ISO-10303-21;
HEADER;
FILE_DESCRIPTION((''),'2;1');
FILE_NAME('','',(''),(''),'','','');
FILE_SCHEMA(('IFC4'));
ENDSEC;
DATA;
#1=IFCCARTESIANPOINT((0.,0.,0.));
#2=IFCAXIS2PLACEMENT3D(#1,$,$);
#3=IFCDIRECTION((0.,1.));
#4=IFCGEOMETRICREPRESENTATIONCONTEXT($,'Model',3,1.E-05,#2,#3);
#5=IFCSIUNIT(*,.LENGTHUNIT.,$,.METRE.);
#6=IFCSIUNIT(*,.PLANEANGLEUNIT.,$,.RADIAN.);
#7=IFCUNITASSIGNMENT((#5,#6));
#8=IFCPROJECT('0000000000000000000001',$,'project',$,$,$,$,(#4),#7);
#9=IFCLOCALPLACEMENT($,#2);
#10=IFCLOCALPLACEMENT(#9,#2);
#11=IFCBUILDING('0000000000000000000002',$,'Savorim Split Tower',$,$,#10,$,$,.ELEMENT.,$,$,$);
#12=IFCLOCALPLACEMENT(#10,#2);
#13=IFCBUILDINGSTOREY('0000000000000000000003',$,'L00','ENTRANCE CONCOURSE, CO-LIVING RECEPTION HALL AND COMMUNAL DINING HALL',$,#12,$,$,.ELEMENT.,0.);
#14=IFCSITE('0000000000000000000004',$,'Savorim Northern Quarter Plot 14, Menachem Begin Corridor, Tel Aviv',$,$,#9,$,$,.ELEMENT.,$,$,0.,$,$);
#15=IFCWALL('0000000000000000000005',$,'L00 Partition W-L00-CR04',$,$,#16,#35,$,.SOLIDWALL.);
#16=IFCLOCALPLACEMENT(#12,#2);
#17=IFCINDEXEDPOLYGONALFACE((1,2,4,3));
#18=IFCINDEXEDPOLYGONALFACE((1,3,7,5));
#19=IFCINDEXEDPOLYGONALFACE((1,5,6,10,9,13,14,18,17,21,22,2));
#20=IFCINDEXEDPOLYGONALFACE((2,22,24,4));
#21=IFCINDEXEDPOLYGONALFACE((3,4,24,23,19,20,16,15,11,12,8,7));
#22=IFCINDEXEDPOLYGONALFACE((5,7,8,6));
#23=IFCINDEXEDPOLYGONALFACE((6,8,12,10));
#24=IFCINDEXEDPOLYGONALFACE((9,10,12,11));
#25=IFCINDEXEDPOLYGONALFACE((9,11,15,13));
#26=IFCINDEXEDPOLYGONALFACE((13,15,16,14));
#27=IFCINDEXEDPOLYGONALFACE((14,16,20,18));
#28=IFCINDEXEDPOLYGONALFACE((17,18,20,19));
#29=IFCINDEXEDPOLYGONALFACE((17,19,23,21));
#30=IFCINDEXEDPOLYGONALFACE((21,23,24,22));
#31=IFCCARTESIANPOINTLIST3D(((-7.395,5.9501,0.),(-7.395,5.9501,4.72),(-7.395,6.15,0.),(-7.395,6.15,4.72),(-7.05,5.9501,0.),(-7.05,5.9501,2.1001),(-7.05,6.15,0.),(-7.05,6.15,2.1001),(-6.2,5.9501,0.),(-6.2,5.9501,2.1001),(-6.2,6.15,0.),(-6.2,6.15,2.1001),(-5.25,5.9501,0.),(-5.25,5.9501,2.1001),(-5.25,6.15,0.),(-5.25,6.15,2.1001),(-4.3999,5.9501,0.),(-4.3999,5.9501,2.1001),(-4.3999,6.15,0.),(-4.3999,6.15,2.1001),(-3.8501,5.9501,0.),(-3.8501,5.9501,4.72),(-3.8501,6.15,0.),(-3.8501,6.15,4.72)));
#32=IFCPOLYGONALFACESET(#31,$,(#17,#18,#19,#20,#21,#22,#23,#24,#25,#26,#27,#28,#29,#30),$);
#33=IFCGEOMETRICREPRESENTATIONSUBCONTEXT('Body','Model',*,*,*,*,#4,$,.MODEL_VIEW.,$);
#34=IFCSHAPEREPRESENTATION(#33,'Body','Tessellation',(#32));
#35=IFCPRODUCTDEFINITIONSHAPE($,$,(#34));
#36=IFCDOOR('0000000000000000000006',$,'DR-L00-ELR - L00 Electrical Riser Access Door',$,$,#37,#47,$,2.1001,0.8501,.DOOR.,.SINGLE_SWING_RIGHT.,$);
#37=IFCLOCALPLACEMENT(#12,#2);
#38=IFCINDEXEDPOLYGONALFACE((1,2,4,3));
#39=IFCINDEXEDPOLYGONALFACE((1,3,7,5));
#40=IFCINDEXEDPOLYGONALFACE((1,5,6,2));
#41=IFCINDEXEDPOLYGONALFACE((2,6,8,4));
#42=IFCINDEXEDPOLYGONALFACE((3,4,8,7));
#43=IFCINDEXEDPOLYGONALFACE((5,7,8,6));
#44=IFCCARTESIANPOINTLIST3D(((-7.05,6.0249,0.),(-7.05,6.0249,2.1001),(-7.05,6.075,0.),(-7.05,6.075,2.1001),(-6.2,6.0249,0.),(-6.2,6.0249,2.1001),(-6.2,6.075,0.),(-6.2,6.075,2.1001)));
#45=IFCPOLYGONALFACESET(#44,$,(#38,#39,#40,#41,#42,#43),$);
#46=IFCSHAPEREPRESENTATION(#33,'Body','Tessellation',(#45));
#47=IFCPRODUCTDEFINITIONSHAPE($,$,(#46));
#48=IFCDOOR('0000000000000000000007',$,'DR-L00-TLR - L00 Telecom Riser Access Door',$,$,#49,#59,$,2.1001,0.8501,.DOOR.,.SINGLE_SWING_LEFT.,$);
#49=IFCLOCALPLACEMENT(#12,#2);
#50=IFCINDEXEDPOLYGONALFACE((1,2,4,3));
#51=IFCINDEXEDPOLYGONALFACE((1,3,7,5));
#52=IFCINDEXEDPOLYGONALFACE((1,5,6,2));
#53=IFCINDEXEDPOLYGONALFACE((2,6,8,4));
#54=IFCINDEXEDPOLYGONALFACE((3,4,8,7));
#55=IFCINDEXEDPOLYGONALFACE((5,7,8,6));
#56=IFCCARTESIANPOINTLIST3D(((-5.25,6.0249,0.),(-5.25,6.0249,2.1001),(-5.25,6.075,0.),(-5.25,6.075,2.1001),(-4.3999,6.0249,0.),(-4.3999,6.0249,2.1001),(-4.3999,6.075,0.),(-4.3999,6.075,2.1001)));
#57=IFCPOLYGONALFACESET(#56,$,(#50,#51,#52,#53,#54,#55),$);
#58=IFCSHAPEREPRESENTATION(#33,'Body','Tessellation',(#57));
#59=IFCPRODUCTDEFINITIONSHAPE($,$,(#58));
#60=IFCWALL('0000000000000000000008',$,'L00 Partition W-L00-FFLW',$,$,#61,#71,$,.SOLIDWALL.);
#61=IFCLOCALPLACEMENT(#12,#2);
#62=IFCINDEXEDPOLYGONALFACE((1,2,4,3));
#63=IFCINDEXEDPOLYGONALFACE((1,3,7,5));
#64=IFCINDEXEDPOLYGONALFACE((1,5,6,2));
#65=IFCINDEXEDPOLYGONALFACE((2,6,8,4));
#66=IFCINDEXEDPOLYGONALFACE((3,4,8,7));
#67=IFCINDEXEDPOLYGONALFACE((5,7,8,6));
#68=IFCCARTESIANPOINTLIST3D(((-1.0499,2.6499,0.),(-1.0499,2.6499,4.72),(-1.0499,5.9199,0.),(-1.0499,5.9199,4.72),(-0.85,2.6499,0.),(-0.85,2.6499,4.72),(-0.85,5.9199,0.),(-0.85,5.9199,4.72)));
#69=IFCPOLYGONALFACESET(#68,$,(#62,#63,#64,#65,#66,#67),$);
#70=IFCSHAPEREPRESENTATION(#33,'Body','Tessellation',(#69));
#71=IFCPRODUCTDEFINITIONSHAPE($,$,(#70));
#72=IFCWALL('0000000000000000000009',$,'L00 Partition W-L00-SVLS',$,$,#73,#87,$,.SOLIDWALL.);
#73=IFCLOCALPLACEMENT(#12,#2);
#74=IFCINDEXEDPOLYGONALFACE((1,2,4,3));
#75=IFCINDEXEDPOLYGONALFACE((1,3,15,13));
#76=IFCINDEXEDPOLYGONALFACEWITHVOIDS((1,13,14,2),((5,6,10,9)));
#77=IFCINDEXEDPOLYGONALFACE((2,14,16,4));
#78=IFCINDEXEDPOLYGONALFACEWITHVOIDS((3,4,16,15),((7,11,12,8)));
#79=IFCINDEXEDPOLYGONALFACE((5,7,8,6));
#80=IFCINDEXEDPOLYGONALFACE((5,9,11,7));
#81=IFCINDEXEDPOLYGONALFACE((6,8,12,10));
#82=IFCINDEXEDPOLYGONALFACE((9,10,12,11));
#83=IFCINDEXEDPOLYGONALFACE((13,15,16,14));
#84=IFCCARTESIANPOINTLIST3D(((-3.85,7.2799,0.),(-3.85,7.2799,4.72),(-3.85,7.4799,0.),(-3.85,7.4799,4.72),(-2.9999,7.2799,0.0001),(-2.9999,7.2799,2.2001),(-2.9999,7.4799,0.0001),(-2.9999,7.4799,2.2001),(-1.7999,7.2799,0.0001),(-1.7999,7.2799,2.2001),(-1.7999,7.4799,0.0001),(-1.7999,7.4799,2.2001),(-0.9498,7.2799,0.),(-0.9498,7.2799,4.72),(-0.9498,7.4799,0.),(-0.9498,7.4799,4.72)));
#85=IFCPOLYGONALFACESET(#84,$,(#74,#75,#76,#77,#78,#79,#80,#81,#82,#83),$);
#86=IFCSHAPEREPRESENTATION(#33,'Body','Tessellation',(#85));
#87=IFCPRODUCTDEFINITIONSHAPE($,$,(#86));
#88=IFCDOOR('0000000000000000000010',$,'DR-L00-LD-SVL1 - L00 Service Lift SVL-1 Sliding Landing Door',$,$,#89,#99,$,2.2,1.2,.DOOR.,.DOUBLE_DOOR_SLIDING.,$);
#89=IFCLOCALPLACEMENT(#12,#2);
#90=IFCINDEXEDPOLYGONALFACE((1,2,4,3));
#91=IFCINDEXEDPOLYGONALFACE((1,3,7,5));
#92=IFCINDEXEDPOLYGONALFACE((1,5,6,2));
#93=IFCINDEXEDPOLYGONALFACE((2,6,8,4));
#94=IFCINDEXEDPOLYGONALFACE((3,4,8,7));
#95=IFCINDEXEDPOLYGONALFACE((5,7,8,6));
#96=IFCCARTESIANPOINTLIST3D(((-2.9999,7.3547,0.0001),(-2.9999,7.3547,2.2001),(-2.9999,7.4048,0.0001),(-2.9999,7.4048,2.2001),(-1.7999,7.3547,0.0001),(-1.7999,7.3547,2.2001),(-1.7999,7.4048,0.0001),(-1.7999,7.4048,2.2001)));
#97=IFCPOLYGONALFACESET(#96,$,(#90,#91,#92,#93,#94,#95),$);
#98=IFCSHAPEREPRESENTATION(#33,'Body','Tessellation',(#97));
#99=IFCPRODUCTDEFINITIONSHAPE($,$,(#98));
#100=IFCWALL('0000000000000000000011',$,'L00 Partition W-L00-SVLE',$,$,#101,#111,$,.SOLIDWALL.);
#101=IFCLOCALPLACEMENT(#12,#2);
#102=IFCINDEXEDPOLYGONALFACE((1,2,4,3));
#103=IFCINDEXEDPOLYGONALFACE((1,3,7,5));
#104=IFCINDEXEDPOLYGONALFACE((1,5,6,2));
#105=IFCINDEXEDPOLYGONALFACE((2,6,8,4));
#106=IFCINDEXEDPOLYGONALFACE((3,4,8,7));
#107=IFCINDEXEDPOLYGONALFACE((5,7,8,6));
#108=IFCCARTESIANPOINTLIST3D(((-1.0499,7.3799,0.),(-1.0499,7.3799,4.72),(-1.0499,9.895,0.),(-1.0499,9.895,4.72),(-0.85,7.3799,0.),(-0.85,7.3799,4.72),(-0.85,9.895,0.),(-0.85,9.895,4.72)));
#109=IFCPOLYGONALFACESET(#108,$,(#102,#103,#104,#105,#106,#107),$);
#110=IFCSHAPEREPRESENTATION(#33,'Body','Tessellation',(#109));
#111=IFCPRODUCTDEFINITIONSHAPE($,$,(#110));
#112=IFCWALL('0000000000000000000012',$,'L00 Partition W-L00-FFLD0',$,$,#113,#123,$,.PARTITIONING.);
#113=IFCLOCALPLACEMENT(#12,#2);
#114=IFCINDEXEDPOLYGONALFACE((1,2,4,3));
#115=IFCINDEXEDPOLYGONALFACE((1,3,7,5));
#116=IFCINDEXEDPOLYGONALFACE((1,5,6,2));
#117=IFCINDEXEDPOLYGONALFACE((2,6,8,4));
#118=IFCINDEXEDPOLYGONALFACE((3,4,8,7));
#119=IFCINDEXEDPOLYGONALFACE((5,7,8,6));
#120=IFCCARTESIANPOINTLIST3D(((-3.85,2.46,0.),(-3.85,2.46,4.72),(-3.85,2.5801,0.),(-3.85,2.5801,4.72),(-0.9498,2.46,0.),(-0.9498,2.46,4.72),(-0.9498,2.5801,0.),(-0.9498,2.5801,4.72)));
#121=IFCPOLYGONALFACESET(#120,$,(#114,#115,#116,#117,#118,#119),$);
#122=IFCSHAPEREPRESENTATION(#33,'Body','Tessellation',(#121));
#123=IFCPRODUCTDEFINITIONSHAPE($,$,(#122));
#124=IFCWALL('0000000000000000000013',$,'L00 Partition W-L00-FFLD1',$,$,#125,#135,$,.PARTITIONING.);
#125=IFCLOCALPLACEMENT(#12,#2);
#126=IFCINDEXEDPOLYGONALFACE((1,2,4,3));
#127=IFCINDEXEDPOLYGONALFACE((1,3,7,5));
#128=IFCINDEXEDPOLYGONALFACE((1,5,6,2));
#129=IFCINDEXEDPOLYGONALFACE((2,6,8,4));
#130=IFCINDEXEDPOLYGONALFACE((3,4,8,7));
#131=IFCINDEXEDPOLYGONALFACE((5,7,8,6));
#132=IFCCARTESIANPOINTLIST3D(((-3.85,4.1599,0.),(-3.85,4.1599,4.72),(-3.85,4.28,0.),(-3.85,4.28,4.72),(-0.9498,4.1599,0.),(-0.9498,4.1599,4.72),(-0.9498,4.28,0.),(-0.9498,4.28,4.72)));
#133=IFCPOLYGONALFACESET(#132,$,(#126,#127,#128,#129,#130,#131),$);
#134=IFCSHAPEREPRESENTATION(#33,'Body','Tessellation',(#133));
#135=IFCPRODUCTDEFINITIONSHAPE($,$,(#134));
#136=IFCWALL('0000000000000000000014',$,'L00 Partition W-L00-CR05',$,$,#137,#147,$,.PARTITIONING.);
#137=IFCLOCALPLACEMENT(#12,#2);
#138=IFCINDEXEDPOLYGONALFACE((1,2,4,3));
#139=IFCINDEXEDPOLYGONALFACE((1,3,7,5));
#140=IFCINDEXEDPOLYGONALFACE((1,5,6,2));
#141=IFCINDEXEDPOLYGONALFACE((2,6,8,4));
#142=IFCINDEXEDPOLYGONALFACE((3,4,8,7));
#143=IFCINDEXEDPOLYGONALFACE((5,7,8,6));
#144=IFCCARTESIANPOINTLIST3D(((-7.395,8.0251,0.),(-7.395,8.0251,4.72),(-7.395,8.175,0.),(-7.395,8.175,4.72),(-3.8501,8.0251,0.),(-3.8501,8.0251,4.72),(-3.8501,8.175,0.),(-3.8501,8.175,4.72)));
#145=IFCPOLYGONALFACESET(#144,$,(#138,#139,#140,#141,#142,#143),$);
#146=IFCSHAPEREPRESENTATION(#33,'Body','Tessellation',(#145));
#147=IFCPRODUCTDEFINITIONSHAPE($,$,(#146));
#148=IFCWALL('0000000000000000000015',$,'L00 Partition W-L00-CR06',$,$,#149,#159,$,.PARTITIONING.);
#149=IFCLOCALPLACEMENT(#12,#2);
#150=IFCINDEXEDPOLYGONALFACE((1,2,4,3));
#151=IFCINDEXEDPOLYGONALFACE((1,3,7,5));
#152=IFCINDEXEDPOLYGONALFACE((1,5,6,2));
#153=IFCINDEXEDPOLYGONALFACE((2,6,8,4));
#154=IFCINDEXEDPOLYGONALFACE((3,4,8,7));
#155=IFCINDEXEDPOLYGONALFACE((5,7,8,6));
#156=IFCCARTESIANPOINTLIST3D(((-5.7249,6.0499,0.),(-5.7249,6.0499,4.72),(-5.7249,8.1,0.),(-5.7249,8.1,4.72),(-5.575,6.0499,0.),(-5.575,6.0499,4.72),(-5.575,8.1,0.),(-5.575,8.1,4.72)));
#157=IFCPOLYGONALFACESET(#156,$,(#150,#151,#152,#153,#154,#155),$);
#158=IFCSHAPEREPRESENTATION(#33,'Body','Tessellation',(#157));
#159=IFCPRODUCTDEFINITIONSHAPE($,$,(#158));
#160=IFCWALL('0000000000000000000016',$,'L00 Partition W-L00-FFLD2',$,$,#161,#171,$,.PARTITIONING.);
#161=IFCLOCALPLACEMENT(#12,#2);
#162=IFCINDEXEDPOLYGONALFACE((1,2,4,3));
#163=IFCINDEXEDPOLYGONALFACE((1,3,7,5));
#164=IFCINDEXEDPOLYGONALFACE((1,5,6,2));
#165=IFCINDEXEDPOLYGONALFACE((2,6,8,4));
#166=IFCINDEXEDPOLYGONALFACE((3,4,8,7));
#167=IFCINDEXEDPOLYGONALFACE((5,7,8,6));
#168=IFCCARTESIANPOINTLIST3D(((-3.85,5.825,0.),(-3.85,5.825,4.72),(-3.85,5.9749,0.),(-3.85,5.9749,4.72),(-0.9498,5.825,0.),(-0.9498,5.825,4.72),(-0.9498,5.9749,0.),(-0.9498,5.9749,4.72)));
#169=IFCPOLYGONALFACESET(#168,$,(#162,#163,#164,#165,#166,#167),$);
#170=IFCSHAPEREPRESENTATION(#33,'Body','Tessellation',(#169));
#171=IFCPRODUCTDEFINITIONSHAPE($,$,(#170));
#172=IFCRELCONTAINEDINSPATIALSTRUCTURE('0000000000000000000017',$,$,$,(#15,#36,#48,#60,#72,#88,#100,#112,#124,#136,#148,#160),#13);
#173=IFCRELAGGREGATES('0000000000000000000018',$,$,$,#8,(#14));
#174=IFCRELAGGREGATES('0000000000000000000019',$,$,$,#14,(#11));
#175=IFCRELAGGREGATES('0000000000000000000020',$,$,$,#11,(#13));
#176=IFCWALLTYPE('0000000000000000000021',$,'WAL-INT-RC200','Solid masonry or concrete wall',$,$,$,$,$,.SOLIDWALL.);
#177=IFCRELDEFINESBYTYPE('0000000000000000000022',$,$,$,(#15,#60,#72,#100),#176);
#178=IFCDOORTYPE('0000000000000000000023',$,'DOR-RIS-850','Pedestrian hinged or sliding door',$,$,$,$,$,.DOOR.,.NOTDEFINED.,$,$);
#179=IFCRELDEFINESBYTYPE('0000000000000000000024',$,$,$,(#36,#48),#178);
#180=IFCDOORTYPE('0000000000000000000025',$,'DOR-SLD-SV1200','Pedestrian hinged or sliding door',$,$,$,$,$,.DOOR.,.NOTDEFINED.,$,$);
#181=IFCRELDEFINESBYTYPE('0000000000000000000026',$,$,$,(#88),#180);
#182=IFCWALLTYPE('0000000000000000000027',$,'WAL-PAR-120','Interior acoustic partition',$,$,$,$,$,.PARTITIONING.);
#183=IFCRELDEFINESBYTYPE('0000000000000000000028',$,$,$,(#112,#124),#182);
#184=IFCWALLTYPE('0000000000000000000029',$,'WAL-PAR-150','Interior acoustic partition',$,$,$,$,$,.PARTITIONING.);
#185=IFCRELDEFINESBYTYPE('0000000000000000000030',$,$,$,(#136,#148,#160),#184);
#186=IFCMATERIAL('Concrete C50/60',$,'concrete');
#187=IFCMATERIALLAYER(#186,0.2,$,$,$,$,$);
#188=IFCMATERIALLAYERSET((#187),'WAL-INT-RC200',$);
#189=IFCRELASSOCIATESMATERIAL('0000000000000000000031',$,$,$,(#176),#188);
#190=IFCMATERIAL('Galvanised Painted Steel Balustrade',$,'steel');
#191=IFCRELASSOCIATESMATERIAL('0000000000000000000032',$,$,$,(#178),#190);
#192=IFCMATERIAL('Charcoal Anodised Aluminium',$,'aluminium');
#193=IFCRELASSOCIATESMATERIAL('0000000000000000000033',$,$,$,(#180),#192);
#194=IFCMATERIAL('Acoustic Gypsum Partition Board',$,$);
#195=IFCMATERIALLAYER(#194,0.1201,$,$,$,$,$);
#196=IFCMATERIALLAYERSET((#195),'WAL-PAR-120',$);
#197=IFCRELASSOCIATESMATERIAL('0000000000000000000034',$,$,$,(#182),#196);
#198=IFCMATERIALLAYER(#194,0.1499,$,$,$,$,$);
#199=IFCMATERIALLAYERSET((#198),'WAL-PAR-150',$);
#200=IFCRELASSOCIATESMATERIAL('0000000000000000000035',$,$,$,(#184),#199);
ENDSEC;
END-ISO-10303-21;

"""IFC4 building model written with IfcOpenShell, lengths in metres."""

from ifc_helpers import new_model, si_unit, direction, frame, frame_2d, origin, place, context, subcontext, project, spatial, rectangle, extrude, material, layer, layer_set, type_object, element, fill, save


model = new_model("IFC4")

# Units and contexts
model_context = context("Model", 3, precision=1e-05, world=origin(), true_north=direction((0.0, 1.0)))
body_context = subcontext(model_context, "Body", "Model", "MODEL_VIEW")
ifc_project = project(units=[si_unit("LENGTHUNIT", "METRE"), si_unit("PLANEANGLEUNIT", "RADIAN")], contexts=[model_context])

# Site, building, storey
site_placement = place(None, origin())
site = spatial("IfcSite", under=ifc_project, at=site_placement, Name="Savorim Northern Quarter Plot 14, Menachem Begin Corridor, Tel Aviv", CompositionType="ELEMENT", RefElevation=0.0)
building_placement = place(site_placement, origin())
building = spatial("IfcBuilding", under=site, at=building_placement, Name="Savorim Split Tower", CompositionType="ELEMENT")
storey_placement = place(building_placement, origin())
storey = spatial("IfcBuildingStorey", under=building, at=storey_placement, Name="L00", Description="ENTRANCE CONCOURSE, CO-LIVING RECEPTION HALL AND COMMUNAL DINING HALL", CompositionType="ELEMENT", Elevation=0.0)

# Shared definitions
ifc_material_1 = material(Name="Concrete C50/60", Category="concrete")
ifc_layer_1 = layer(ifc_material_1, 0.2)
ifc_layer_set_1 = layer_set([ifc_layer_1], Name="WAL-INT-RC200")
wall_type_1 = type_object("IfcWallType", Name="WAL-INT-RC200", Description="Solid masonry or concrete wall", PredefinedType="SOLIDWALL", material=ifc_layer_set_1)

# Wall, openings, doors
ifc_material_2 = material(Name="Charcoal Anodised Aluminium", Category="aluminium")
wall_1_placement = place(storey_placement, frame((-7.395, 6.05, 0.0), z_axis=(0.0, 0.0, 1.0), x_axis=(1.0, 0.0, 0.0)))
wall_1 = element("IfcWall", 1, at=wall_1_placement, inside=storey, type_object=wall_type_1, Name="L00 Partition W-L00-CR04", PredefinedType="SOLIDWALL", context=body_context, shape_type="SweptSolid", body=[
    extrude(rectangle(XDim=3.5449, YDim=0.2, at=frame_2d((1.7725, 0.0))), origin(), (0.0, 0.0, 1.0), 4.72),
])
opening_1_placement = place(wall_1_placement, frame((0.345, 0.0, 0.0)))
opening_1 = element("IfcOpeningElement", 2, at=opening_1_placement, cuts=wall_1, PredefinedType="OPENING", context=body_context, shape_type="SweptSolid", body=[
    extrude(rectangle(XDim=0.8501, YDim=2.1001, at=frame_2d((0.425, 1.05))), frame((0.0, 0.1099, 0.0), z_axis=(0.0, -1.0, 0.0), x_axis=(1.0, 0.0, 0.0)), (0.0, 0.0, 1.0), 0.22),
])
opening_2_placement = place(wall_1_placement, frame((2.145, 0.0, 0.0)))
opening_2 = element("IfcOpeningElement", 3, at=opening_2_placement, cuts=wall_1, PredefinedType="OPENING", context=body_context, shape_type="SweptSolid", body=[
    extrude(rectangle(XDim=0.8501, YDim=2.1001, at=frame_2d((0.425, 1.05))), frame((0.0, 0.1099, 0.0), z_axis=(0.0, -1.0, 0.0), x_axis=(1.0, 0.0, 0.0)), (0.0, 0.0, 1.0), 0.22),
])
ifc_material_3 = material(Name="Galvanised Painted Steel Balustrade", Category="steel")
door_type_1 = type_object("IfcDoorType", Name="DOR-RIS-850", Description="Pedestrian hinged or sliding door", OperationType="NOTDEFINED", PredefinedType="DOOR", material=ifc_material_3)
door_1_placement = place(opening_1_placement, origin())
door_1 = element("IfcDoor", 4, at=door_1_placement, inside=storey, type_object=door_type_1, Name="DR-L00-ELR - L00 Electrical Riser Access Door", OperationType="SINGLE_SWING_RIGHT", OverallHeight=2.1001, OverallWidth=0.8501, PredefinedType="DOOR", context=body_context, shape_type="SweptSolid", body=[
    extrude(rectangle(XDim=0.8501, YDim=2.1001, at=frame_2d((0.425, 1.05))), frame((0.0, 0.0249, 0.0), z_axis=(0.0, -1.0, 0.0), x_axis=(1.0, 0.0, 0.0)), (0.0, 0.0, 1.0), 0.05),
])
fill(opening_1, door_1)
door_2_placement = place(opening_2_placement, origin())
door_2 = element("IfcDoor", 5, at=door_2_placement, inside=storey, type_object=door_type_1, Name="DR-L00-TLR - L00 Telecom Riser Access Door", OperationType="SINGLE_SWING_LEFT", OverallHeight=2.1001, OverallWidth=0.8501, PredefinedType="DOOR", context=body_context, shape_type="SweptSolid", body=[
    extrude(rectangle(XDim=0.8501, YDim=2.1001, at=frame_2d((0.425, 1.05))), frame((0.0, 0.0249, 0.0), z_axis=(0.0, -1.0, 0.0), x_axis=(1.0, 0.0, 0.0)), (0.0, 0.0, 1.0), 0.05),
])
fill(opening_2, door_2)

# Wall
wall_2_placement = place(storey_placement, frame((-0.95, 2.6499, 0.0), z_axis=(0.0, 0.0, 1.0), x_axis=(0.0, 1.0, 0.0)))
element("IfcWall", 6, at=wall_2_placement, inside=storey, type_object=wall_type_1, Name="L00 Partition W-L00-FFLW", PredefinedType="SOLIDWALL", context=body_context, shape_type="SweptSolid", body=[
    extrude(rectangle(XDim=3.27, YDim=0.2, at=frame_2d((1.635, 0.0))), origin(), (0.0, 0.0, 1.0), 4.72),
])

# Wall, opening, door
wall_3_placement = place(storey_placement, frame((-3.8501, 7.3799, 0.0), z_axis=(0.0, 0.0, 1.0), x_axis=(1.0, 0.0, 0.0)))
wall_3 = element("IfcWall", 7, at=wall_3_placement, inside=storey, type_object=wall_type_1, Name="L00 Partition W-L00-SVLS", PredefinedType="SOLIDWALL", context=body_context, shape_type="SweptSolid", body=[
    extrude(rectangle(XDim=2.9001, YDim=0.2, at=frame_2d((1.4502, 0.0))), origin(), (0.0, 0.0, 1.0), 4.72),
])
opening_3_placement = place(wall_3_placement, frame((0.8501, 0.0, 0.0)))
opening_3 = element("IfcOpeningElement", 8, at=opening_3_placement, cuts=wall_3, PredefinedType="OPENING", context=body_context, shape_type="SweptSolid", body=[
    extrude(rectangle(XDim=1.2, YDim=2.2, at=frame_2d((0.6001, 1.1001))), frame((0.0, 0.1099, 0.0), z_axis=(0.0, -1.0, 0.0), x_axis=(1.0, 0.0, 0.0)), (0.0, 0.0, 1.0), 0.22),
])
door_type_2 = type_object("IfcDoorType", Name="DOR-SLD-SV1200", Description="Pedestrian hinged or sliding door", OperationType="NOTDEFINED", PredefinedType="DOOR", material=ifc_material_2)
door_3_placement = place(opening_3_placement, origin())
door_3 = element("IfcDoor", 9, at=door_3_placement, inside=storey, type_object=door_type_2, Name="DR-L00-LD-SVL1 - L00 Service Lift SVL-1 Sliding Landing Door", OperationType="DOUBLE_DOOR_SLIDING", OverallHeight=2.2, OverallWidth=1.2, PredefinedType="DOOR", context=body_context, shape_type="SweptSolid", body=[
    extrude(rectangle(XDim=1.2, YDim=2.2, at=frame_2d((0.6001, 1.1001))), frame((0.0, 0.0249, 0.0), z_axis=(0.0, -1.0, 0.0), x_axis=(1.0, 0.0, 0.0)), (0.0, 0.0, 1.0), 0.05),
])
fill(opening_3, door_3)

# Walls
wall_4_placement = place(storey_placement, frame((-0.95, 7.3799, 0.0), z_axis=(0.0, 0.0, 1.0), x_axis=(0.0, 1.0, 0.0)))
element("IfcWall", 10, at=wall_4_placement, inside=storey, type_object=wall_type_1, Name="L00 Partition W-L00-SVLE", PredefinedType="SOLIDWALL", context=body_context, shape_type="SweptSolid", body=[
    extrude(rectangle(XDim=2.5151, YDim=0.2, at=frame_2d((1.2576, 0.0))), origin(), (0.0, 0.0, 1.0), 4.72),
])
ifc_material_4 = material(Name="Acoustic Gypsum Partition Board")
ifc_layer_2 = layer(ifc_material_4, 0.1201)
ifc_layer_set_2 = layer_set([ifc_layer_2], Name="WAL-PAR-120")
wall_type_2 = type_object("IfcWallType", Name="WAL-PAR-120", Description="Interior acoustic partition", PredefinedType="PARTITIONING", material=ifc_layer_set_2)
for number, where, z_axis, x_axis, name in (
    (11, (-3.8501, 2.52, 0.0), (0.0, 0.0, 1.0), (1.0, 0.0, 0.0), "L00 Partition W-L00-FFLD0"),
    (12, (-3.8501, 4.22, 0.0), (0.0, 0.0, 1.0), (1.0, 0.0, 0.0), "L00 Partition W-L00-FFLD1"),
):
    element("IfcWall", number, at=place(storey_placement, frame(where, z_axis=z_axis, x_axis=x_axis)), inside=storey, type_object=wall_type_2, Name=name, PredefinedType="PARTITIONING", context=body_context, shape_type="SweptSolid", body=[
        extrude(rectangle(XDim=2.9001, YDim=0.1201, at=frame_2d((1.4502, 0.0))), origin(), (0.0, 0.0, 1.0), 4.72),
    ])
ifc_layer_3 = layer(ifc_material_4, 0.1499)
ifc_layer_set_3 = layer_set([ifc_layer_3], Name="WAL-PAR-150")
wall_type_3 = type_object("IfcWallType", Name="WAL-PAR-150", Description="Interior acoustic partition", PredefinedType="PARTITIONING", material=ifc_layer_set_3)
wall_5_placement = place(storey_placement, frame((-7.395, 8.1001, 0.0), z_axis=(0.0, 0.0, 1.0), x_axis=(1.0, 0.0, 0.0)))
element("IfcWall", 13, at=wall_5_placement, inside=storey, type_object=wall_type_3, Name="L00 Partition W-L00-CR05", PredefinedType="PARTITIONING", context=body_context, shape_type="SweptSolid", body=[
    extrude(rectangle(XDim=3.5449, YDim=0.1499, at=frame_2d((1.7725, 0.0))), origin(), (0.0, 0.0, 1.0), 4.72),
])
wall_6_placement = place(storey_placement, frame((-5.6499, 6.05, 0.0), z_axis=(0.0, 0.0, 1.0), x_axis=(0.0, 1.0, 0.0)))
element("IfcWall", 14, at=wall_6_placement, inside=storey, type_object=wall_type_3, Name="L00 Partition W-L00-CR06", PredefinedType="PARTITIONING", context=body_context, shape_type="SweptSolid", body=[
    extrude(rectangle(XDim=2.05, YDim=0.1499, at=frame_2d((1.0249, 0.0))), origin(), (0.0, 0.0, 1.0), 4.72),
])
wall_7_placement = place(storey_placement, frame((-3.8501, 5.8999, 0.0), z_axis=(0.0, 0.0, 1.0), x_axis=(1.0, 0.0, 0.0)))
element("IfcWall", 15, at=wall_7_placement, inside=storey, type_object=wall_type_3, Name="L00 Partition W-L00-FFLD2", PredefinedType="PARTITIONING", context=body_context, shape_type="SweptSolid", body=[
    extrude(rectangle(XDim=2.9001, YDim=0.1499, at=frame_2d((1.4502, 0.0))), origin(), (0.0, 0.0, 1.0), 4.72),
])

save(model, "model.ifc")
